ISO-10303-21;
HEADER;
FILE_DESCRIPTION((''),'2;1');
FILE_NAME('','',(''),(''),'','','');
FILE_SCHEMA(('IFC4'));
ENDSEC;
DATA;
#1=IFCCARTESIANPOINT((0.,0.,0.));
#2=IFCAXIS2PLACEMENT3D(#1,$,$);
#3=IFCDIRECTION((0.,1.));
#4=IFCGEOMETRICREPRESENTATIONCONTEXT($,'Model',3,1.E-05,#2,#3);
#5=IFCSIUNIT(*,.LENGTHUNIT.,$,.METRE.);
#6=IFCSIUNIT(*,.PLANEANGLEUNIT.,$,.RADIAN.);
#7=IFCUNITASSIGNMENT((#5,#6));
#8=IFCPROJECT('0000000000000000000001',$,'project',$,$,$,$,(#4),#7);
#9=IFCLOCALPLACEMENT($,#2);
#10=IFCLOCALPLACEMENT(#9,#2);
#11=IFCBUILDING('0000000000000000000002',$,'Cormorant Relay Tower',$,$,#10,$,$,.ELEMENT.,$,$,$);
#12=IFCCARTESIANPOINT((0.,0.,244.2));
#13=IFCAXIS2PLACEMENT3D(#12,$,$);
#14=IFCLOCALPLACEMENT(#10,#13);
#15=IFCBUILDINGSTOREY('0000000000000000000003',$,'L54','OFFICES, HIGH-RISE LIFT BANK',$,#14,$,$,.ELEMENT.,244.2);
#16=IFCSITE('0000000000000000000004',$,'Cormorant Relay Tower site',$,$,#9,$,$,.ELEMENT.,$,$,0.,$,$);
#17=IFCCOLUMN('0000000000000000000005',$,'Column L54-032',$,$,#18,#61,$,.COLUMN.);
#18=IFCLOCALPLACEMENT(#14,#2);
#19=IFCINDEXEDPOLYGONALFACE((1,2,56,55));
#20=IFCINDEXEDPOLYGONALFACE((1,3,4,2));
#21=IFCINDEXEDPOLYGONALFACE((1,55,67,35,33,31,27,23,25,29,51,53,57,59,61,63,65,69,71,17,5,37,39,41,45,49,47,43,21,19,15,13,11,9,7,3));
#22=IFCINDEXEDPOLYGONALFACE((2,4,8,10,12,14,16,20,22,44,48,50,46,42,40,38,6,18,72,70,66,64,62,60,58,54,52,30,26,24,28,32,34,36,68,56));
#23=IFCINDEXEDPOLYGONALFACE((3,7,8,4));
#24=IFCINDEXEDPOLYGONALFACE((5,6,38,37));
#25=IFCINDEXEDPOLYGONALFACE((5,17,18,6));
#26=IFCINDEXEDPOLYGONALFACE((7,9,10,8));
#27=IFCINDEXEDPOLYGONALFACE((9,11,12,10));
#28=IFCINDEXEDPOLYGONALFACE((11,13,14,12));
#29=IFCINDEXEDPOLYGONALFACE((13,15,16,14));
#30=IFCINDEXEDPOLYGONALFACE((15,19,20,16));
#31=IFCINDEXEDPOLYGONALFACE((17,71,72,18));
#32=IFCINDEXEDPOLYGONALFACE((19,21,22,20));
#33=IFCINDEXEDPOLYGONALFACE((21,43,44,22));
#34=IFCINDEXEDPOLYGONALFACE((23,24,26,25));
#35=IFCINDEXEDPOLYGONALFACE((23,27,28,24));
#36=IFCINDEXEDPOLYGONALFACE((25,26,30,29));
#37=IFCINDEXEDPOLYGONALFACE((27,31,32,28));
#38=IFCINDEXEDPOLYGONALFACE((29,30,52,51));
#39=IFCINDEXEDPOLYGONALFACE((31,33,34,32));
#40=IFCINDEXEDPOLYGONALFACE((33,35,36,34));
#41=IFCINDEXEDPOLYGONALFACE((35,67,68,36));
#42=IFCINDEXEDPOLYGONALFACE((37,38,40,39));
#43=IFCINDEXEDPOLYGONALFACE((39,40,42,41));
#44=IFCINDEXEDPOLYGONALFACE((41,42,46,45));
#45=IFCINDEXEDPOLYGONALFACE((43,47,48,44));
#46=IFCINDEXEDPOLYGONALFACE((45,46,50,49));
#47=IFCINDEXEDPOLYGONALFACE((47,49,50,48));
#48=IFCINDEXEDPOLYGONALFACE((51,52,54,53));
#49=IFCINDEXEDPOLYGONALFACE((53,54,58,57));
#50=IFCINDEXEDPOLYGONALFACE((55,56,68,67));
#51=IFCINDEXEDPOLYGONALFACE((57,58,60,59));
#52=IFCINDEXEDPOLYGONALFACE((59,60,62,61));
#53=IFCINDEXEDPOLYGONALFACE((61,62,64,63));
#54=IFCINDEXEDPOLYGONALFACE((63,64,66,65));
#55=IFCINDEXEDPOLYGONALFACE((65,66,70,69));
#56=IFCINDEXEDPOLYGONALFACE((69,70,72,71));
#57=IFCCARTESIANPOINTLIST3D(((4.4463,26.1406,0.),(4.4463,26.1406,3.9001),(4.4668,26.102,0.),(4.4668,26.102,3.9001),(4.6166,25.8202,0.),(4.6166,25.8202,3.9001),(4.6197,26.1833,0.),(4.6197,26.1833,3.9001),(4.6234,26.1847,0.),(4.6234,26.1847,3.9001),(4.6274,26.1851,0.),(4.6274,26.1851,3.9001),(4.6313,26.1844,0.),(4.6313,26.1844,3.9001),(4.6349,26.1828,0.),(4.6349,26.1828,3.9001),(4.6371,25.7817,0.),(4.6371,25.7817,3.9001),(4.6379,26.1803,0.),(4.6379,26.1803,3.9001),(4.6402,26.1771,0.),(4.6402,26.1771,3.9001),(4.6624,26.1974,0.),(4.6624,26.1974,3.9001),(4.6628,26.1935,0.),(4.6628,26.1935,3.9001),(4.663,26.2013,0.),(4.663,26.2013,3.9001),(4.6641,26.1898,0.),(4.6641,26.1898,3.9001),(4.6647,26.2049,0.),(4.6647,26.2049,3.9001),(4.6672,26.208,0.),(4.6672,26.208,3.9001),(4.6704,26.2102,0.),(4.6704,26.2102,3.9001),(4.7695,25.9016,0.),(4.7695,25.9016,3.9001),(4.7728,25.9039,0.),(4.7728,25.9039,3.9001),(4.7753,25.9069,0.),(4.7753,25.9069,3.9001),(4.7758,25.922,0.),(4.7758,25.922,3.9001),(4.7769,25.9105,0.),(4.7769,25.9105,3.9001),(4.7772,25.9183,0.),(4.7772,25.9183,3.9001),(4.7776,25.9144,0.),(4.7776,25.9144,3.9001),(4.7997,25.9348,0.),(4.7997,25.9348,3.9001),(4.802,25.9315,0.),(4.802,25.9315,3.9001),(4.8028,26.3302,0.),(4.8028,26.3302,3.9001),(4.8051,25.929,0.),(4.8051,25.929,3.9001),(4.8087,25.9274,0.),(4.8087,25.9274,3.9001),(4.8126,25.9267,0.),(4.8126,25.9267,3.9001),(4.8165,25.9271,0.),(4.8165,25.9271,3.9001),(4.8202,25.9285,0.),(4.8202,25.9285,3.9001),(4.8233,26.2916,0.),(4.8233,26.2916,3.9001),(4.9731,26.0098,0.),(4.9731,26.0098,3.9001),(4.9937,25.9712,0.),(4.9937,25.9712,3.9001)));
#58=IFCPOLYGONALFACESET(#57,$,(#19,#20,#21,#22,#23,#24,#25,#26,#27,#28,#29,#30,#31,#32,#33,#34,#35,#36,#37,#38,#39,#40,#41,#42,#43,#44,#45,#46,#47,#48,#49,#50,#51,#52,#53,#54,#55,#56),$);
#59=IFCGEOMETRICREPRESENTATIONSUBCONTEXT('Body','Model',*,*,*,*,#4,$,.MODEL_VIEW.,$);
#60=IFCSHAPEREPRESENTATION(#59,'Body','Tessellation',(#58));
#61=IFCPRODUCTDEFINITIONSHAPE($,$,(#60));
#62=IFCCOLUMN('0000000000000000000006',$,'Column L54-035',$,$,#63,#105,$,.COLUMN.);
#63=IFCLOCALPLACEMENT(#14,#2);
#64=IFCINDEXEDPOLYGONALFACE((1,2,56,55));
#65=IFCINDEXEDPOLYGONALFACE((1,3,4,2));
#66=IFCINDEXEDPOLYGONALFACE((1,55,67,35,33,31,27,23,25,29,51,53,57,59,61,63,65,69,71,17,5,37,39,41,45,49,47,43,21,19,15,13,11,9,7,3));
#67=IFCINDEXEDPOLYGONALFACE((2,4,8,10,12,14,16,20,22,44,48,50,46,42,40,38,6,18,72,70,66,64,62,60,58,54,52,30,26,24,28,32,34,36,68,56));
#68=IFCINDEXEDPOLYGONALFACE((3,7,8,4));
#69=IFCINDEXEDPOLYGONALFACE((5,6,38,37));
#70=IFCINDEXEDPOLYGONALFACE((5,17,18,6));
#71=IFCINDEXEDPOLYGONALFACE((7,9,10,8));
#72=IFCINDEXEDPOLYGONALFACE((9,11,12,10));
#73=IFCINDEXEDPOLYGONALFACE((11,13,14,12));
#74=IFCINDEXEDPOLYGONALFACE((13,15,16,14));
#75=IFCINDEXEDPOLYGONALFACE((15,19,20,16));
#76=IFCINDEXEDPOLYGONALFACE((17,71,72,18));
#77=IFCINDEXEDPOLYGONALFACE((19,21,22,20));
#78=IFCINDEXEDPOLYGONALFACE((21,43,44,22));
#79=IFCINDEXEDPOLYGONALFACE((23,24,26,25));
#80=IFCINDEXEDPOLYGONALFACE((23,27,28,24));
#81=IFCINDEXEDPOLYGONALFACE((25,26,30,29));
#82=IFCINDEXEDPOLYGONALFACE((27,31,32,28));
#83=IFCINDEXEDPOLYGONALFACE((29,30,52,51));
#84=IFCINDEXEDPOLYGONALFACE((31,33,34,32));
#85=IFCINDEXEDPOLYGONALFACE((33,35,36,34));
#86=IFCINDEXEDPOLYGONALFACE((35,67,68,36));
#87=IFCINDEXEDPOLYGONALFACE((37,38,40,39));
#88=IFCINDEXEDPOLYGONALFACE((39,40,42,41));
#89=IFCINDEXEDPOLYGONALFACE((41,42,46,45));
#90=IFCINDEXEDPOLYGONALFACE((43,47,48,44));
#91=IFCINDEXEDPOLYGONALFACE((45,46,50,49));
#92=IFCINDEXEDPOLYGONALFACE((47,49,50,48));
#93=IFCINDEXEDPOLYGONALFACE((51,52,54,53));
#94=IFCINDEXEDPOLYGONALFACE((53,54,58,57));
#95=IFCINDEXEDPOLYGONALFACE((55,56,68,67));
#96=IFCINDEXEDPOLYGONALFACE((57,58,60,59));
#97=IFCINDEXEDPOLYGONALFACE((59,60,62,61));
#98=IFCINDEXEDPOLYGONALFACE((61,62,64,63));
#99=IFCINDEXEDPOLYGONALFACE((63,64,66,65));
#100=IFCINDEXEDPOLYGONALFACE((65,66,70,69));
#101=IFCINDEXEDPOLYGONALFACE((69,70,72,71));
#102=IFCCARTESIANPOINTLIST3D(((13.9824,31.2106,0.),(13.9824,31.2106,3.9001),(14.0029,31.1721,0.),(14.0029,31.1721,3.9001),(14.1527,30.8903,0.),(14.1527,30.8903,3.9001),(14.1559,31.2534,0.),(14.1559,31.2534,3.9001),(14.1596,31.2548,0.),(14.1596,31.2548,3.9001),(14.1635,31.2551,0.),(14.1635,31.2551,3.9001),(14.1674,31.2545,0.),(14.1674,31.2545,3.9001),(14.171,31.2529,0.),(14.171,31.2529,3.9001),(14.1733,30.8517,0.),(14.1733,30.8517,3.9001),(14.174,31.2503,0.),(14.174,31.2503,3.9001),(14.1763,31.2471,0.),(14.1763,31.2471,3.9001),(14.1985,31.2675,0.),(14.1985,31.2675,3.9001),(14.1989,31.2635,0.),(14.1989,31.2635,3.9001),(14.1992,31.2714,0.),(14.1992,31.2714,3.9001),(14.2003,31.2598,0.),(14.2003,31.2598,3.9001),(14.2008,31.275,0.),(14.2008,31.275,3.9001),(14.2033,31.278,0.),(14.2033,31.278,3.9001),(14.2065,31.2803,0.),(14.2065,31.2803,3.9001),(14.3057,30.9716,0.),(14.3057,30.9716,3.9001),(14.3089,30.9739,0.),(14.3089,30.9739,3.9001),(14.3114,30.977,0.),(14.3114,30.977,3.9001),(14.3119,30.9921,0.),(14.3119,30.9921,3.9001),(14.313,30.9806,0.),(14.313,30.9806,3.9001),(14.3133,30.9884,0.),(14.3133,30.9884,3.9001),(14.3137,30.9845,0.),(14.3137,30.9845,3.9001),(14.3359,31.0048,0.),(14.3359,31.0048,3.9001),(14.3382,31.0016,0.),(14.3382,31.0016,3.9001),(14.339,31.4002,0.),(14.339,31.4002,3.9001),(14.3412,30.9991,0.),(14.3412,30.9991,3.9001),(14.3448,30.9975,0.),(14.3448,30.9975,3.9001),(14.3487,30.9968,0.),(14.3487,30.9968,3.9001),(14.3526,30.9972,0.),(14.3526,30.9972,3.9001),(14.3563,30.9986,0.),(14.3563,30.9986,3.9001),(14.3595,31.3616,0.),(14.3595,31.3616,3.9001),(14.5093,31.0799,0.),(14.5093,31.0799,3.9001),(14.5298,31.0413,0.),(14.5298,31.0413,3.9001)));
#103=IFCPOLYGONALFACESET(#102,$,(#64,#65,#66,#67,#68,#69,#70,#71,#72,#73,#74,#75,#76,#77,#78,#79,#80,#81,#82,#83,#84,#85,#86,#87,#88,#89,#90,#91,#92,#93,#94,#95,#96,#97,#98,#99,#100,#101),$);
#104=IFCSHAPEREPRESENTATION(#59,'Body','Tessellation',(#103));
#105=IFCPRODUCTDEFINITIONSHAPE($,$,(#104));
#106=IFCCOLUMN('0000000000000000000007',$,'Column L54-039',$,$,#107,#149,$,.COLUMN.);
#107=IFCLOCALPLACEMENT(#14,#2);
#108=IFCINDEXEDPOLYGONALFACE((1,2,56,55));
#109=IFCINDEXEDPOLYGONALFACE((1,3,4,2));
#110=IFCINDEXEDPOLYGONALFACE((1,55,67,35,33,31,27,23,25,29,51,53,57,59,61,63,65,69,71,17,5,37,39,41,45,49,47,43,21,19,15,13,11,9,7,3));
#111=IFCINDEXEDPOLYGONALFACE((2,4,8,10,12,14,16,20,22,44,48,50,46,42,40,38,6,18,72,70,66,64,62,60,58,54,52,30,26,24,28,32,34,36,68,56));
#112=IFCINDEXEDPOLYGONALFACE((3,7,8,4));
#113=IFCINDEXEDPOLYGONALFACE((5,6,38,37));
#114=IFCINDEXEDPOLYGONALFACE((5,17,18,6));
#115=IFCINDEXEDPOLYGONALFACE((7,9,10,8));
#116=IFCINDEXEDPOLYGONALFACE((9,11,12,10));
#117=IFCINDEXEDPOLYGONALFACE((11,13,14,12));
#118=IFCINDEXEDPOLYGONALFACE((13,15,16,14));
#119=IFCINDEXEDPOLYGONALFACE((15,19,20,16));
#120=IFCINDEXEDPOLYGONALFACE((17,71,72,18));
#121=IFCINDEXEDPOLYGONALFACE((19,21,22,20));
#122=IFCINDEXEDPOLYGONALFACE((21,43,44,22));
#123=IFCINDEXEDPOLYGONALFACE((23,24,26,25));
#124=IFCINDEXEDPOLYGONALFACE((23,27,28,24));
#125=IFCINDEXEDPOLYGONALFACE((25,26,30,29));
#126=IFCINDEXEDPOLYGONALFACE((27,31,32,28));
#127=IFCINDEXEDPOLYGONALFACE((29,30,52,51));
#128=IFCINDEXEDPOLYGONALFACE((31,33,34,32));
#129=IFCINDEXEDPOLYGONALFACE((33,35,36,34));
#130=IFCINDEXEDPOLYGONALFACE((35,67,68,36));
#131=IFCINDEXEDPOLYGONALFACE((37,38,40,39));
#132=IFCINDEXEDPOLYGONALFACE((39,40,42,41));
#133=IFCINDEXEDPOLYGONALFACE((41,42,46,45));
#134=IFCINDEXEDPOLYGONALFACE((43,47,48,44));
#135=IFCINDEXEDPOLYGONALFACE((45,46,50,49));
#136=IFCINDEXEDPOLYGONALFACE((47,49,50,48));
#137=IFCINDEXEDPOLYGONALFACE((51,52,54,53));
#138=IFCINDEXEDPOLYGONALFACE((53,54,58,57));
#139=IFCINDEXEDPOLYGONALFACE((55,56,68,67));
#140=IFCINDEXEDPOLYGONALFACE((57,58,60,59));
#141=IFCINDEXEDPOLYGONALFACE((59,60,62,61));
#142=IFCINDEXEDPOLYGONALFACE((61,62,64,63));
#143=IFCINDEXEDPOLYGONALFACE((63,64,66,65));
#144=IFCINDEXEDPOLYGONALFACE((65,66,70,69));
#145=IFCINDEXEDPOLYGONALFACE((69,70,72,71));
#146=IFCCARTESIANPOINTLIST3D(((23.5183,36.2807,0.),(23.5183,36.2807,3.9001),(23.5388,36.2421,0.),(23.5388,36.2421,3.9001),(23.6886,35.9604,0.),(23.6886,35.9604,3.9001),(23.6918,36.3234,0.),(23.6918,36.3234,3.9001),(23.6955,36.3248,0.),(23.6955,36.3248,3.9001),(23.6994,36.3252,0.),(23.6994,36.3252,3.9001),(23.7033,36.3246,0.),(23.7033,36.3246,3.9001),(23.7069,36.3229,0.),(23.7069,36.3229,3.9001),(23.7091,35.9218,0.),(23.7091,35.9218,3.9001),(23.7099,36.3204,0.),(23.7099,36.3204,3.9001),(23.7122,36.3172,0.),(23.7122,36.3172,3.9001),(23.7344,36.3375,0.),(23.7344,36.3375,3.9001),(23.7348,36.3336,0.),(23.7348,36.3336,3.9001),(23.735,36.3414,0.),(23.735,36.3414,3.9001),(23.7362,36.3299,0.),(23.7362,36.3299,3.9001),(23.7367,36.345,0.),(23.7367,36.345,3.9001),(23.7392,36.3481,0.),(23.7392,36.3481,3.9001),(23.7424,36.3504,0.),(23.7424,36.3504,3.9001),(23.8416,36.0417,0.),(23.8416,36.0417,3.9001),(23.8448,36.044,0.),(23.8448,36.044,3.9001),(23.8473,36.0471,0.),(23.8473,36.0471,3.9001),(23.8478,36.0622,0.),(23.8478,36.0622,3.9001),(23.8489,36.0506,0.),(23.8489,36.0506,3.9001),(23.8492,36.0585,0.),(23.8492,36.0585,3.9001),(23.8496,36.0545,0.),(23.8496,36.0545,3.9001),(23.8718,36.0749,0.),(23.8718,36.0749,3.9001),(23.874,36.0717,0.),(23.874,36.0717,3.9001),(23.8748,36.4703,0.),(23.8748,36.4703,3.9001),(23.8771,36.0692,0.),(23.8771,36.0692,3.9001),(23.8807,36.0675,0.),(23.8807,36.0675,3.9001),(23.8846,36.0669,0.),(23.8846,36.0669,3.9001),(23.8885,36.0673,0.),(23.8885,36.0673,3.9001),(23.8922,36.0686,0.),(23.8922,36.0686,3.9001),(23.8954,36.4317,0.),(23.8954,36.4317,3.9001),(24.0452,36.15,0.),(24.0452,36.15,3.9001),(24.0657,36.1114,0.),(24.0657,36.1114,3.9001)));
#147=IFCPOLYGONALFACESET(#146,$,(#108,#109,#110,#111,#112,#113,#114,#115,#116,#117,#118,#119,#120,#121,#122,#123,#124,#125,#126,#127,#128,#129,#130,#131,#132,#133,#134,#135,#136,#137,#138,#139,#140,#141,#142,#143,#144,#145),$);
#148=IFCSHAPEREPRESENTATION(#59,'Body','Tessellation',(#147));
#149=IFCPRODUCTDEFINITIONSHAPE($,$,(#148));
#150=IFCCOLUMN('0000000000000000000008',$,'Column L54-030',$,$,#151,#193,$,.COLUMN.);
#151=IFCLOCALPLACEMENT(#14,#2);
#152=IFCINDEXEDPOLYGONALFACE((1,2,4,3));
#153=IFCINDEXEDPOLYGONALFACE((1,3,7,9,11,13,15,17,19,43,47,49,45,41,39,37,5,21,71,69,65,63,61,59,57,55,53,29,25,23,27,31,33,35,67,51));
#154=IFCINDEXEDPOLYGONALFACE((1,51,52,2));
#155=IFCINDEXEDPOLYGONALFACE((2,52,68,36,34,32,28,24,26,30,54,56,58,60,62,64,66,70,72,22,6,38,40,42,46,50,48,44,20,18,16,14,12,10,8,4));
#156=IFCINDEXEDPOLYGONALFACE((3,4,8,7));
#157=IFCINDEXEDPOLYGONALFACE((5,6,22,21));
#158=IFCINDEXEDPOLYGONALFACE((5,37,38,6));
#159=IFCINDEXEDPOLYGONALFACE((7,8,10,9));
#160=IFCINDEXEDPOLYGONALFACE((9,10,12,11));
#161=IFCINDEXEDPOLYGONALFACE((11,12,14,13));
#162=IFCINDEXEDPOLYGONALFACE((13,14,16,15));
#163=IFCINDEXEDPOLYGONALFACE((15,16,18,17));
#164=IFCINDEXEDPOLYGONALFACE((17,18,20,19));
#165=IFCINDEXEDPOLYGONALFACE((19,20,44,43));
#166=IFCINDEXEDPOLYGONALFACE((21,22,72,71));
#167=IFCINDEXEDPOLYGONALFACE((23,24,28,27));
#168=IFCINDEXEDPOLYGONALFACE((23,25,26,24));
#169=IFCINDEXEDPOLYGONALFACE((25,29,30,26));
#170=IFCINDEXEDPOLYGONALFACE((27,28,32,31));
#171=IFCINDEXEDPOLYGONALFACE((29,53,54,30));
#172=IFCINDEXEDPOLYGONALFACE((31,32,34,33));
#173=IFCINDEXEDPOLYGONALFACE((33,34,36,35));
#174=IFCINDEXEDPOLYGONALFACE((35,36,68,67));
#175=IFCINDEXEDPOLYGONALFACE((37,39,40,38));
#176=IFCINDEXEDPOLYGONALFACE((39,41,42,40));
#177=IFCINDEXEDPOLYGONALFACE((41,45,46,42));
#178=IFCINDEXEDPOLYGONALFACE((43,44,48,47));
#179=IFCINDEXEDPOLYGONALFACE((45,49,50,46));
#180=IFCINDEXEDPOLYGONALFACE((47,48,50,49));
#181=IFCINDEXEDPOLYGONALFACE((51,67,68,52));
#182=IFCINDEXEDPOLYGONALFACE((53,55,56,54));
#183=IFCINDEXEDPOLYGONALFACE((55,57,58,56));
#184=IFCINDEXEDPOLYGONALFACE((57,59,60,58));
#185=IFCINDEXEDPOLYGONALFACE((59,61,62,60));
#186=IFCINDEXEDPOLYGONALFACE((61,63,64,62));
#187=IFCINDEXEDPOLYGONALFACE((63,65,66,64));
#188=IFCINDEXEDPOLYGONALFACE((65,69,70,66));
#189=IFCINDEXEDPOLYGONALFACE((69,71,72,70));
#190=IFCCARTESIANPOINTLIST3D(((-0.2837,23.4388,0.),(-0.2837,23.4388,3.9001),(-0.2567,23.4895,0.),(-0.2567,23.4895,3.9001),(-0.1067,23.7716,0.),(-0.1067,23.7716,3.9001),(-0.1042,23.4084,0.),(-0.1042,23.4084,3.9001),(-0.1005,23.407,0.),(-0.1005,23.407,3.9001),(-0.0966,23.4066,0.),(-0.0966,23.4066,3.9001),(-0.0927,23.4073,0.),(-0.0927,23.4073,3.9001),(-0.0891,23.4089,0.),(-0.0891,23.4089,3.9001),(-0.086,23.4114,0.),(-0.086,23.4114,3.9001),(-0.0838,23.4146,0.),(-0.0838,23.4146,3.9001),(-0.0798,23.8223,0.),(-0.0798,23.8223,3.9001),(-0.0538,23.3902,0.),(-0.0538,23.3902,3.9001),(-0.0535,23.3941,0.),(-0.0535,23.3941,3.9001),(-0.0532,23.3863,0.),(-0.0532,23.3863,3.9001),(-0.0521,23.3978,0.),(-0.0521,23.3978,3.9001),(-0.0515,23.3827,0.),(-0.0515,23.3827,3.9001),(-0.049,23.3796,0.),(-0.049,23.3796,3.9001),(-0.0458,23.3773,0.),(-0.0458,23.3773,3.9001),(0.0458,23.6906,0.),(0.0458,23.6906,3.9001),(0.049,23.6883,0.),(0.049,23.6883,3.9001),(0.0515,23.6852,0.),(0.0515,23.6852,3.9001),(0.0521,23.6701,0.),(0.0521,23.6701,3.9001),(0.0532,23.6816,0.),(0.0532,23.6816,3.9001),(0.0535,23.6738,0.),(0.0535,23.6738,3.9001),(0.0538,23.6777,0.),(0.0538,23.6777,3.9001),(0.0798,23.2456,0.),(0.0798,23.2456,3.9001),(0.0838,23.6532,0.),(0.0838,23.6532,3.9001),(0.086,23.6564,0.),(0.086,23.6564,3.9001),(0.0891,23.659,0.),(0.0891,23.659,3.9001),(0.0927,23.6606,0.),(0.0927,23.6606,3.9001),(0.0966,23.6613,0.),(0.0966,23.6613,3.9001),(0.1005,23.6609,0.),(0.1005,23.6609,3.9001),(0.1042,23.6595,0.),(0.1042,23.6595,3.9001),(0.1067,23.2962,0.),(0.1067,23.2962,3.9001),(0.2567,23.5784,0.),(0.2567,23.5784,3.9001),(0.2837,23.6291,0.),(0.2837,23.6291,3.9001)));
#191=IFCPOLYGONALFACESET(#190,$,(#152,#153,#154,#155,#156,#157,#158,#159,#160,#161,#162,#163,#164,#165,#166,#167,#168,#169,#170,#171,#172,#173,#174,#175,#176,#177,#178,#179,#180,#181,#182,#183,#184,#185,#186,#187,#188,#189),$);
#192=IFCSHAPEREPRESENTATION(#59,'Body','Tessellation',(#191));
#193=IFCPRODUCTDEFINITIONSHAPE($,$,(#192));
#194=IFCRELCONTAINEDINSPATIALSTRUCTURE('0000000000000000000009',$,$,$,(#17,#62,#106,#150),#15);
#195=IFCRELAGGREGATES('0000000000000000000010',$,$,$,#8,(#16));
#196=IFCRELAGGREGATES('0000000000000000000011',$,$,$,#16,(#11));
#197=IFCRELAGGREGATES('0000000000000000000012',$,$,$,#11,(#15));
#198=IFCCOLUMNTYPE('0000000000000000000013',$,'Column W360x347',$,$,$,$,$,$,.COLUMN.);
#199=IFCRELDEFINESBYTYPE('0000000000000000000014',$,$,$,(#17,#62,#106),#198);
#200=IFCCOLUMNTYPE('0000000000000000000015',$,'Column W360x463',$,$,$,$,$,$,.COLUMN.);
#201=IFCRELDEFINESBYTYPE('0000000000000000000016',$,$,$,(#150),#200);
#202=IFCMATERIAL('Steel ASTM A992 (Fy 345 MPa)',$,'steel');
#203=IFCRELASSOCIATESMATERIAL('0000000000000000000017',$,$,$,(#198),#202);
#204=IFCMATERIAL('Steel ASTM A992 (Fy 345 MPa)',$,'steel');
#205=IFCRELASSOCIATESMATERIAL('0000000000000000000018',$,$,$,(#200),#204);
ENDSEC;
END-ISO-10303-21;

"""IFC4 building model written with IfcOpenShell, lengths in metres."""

from ifc_helpers import new_model, si_unit, direction, frame, origin, origin_2d, place, context, subcontext, project, spatial, i_section, extrude, material, material_profile, profile_set, type_object, element, save


model = new_model("IFC4")

# Units and contexts
model_context = context("Model", 3, precision=1e-05, world=origin(), true_north=direction((0.0, 1.0)))
body_context = subcontext(model_context, "Body", "Model", "MODEL_VIEW")
ifc_project = project(units=[si_unit("LENGTHUNIT", "METRE"), si_unit("PLANEANGLEUNIT", "RADIAN")], contexts=[model_context])

# Site, building, storey
site_placement = place(None, origin())
site = spatial("IfcSite", under=ifc_project, at=site_placement, Name="Cormorant Relay Tower site", CompositionType="ELEMENT", RefElevation=0.0)
building_placement = place(site_placement, origin())
building = spatial("IfcBuilding", under=site, at=building_placement, Name="Cormorant Relay Tower", CompositionType="ELEMENT")
storey_placement = place(building_placement, frame((0.0, 0.0, 244.2)))
storey = spatial("IfcBuildingStorey", under=building, at=storey_placement, Name="L54", Description="OFFICES, HIGH-RISE LIFT BANK", CompositionType="ELEMENT", Elevation=244.2)

# Columns
ifc_material_1 = material(Name="Steel ASTM A992 (Fy 345 MPa)", Category="steel")
ifc_material_profile_1 = material_profile(ifc_material_1, i_section(OverallWidth=0.4038, OverallDepth=0.4065, WebThickness=0.0271, FlangeThickness=0.0437, FilletRadius=0.0151, at=origin_2d()), Name="W360x347")
ifc_profile_set_1 = profile_set([ifc_material_profile_1], Name="Steel ASTM A992 (Fy 345 MPa)")
column_type_1 = type_object("IfcColumnType", Name="Column W360x347", PredefinedType="COLUMN", material=ifc_profile_set_1)
for number, where, z_axis, x_axis, name in (
    (1, (4.72, 26.0559, 0.0), (0.0, 0.0, 1.0), (-0.882948, -0.469472, 0.0), "Column L54-032"),
    (2, (14.2561, 31.126, 0.0), (0.0, 0.0, 1.0), (-0.882948, -0.469472, 0.0), "Column L54-035"),
    (3, (23.792, 36.196, 0.0), (0.0, 0.0, 1.0), (-0.882948, -0.469472, 0.0), "Column L54-039"),
):
    element("IfcColumn", number, at=place(storey_placement, frame(where, z_axis=z_axis, x_axis=x_axis)), inside=storey, type_object=column_type_1, Name=name, PredefinedType="COLUMN", context=body_context, shape_type="SweptSolid", body=[
        extrude(i_section(OverallWidth=0.4038, OverallDepth=0.4065, WebThickness=0.0271, FlangeThickness=0.0437, FilletRadius=0.0151, at=origin_2d()), origin(), (0.0, 0.0, 1.0), 3.9001),
    ])
ifc_material_2 = material(Name="Steel ASTM A992 (Fy 345 MPa)", Category="steel")
ifc_material_profile_2 = material_profile(ifc_material_2, i_section(OverallWidth=0.4116, OverallDepth=0.4343, WebThickness=0.0359, FlangeThickness=0.0574, FilletRadius=0.0151, at=origin_2d()), Name="W360x463")
ifc_profile_set_2 = profile_set([ifc_material_profile_2], Name="Steel ASTM A992 (Fy 345 MPa)")
column_type_2 = type_object("IfcColumnType", Name="Column W360x463", PredefinedType="COLUMN", material=ifc_profile_set_2)
column_placement = place(storey_placement, frame((0.0, 23.5339, 0.0), z_axis=(0.0, 0.0, 1.0), x_axis=(-0.882948, 0.469472, 0.0)))
element("IfcColumn", 4, at=column_placement, inside=storey, type_object=column_type_2, Name="Column L54-030", PredefinedType="COLUMN", context=body_context, shape_type="SweptSolid", body=[
    extrude(i_section(OverallWidth=0.4116, OverallDepth=0.4343, WebThickness=0.0359, FlangeThickness=0.0574, FilletRadius=0.0151, at=origin_2d()), origin(), (0.0, 0.0, 1.0), 3.9001),
])

save(model, "model.ifc")
